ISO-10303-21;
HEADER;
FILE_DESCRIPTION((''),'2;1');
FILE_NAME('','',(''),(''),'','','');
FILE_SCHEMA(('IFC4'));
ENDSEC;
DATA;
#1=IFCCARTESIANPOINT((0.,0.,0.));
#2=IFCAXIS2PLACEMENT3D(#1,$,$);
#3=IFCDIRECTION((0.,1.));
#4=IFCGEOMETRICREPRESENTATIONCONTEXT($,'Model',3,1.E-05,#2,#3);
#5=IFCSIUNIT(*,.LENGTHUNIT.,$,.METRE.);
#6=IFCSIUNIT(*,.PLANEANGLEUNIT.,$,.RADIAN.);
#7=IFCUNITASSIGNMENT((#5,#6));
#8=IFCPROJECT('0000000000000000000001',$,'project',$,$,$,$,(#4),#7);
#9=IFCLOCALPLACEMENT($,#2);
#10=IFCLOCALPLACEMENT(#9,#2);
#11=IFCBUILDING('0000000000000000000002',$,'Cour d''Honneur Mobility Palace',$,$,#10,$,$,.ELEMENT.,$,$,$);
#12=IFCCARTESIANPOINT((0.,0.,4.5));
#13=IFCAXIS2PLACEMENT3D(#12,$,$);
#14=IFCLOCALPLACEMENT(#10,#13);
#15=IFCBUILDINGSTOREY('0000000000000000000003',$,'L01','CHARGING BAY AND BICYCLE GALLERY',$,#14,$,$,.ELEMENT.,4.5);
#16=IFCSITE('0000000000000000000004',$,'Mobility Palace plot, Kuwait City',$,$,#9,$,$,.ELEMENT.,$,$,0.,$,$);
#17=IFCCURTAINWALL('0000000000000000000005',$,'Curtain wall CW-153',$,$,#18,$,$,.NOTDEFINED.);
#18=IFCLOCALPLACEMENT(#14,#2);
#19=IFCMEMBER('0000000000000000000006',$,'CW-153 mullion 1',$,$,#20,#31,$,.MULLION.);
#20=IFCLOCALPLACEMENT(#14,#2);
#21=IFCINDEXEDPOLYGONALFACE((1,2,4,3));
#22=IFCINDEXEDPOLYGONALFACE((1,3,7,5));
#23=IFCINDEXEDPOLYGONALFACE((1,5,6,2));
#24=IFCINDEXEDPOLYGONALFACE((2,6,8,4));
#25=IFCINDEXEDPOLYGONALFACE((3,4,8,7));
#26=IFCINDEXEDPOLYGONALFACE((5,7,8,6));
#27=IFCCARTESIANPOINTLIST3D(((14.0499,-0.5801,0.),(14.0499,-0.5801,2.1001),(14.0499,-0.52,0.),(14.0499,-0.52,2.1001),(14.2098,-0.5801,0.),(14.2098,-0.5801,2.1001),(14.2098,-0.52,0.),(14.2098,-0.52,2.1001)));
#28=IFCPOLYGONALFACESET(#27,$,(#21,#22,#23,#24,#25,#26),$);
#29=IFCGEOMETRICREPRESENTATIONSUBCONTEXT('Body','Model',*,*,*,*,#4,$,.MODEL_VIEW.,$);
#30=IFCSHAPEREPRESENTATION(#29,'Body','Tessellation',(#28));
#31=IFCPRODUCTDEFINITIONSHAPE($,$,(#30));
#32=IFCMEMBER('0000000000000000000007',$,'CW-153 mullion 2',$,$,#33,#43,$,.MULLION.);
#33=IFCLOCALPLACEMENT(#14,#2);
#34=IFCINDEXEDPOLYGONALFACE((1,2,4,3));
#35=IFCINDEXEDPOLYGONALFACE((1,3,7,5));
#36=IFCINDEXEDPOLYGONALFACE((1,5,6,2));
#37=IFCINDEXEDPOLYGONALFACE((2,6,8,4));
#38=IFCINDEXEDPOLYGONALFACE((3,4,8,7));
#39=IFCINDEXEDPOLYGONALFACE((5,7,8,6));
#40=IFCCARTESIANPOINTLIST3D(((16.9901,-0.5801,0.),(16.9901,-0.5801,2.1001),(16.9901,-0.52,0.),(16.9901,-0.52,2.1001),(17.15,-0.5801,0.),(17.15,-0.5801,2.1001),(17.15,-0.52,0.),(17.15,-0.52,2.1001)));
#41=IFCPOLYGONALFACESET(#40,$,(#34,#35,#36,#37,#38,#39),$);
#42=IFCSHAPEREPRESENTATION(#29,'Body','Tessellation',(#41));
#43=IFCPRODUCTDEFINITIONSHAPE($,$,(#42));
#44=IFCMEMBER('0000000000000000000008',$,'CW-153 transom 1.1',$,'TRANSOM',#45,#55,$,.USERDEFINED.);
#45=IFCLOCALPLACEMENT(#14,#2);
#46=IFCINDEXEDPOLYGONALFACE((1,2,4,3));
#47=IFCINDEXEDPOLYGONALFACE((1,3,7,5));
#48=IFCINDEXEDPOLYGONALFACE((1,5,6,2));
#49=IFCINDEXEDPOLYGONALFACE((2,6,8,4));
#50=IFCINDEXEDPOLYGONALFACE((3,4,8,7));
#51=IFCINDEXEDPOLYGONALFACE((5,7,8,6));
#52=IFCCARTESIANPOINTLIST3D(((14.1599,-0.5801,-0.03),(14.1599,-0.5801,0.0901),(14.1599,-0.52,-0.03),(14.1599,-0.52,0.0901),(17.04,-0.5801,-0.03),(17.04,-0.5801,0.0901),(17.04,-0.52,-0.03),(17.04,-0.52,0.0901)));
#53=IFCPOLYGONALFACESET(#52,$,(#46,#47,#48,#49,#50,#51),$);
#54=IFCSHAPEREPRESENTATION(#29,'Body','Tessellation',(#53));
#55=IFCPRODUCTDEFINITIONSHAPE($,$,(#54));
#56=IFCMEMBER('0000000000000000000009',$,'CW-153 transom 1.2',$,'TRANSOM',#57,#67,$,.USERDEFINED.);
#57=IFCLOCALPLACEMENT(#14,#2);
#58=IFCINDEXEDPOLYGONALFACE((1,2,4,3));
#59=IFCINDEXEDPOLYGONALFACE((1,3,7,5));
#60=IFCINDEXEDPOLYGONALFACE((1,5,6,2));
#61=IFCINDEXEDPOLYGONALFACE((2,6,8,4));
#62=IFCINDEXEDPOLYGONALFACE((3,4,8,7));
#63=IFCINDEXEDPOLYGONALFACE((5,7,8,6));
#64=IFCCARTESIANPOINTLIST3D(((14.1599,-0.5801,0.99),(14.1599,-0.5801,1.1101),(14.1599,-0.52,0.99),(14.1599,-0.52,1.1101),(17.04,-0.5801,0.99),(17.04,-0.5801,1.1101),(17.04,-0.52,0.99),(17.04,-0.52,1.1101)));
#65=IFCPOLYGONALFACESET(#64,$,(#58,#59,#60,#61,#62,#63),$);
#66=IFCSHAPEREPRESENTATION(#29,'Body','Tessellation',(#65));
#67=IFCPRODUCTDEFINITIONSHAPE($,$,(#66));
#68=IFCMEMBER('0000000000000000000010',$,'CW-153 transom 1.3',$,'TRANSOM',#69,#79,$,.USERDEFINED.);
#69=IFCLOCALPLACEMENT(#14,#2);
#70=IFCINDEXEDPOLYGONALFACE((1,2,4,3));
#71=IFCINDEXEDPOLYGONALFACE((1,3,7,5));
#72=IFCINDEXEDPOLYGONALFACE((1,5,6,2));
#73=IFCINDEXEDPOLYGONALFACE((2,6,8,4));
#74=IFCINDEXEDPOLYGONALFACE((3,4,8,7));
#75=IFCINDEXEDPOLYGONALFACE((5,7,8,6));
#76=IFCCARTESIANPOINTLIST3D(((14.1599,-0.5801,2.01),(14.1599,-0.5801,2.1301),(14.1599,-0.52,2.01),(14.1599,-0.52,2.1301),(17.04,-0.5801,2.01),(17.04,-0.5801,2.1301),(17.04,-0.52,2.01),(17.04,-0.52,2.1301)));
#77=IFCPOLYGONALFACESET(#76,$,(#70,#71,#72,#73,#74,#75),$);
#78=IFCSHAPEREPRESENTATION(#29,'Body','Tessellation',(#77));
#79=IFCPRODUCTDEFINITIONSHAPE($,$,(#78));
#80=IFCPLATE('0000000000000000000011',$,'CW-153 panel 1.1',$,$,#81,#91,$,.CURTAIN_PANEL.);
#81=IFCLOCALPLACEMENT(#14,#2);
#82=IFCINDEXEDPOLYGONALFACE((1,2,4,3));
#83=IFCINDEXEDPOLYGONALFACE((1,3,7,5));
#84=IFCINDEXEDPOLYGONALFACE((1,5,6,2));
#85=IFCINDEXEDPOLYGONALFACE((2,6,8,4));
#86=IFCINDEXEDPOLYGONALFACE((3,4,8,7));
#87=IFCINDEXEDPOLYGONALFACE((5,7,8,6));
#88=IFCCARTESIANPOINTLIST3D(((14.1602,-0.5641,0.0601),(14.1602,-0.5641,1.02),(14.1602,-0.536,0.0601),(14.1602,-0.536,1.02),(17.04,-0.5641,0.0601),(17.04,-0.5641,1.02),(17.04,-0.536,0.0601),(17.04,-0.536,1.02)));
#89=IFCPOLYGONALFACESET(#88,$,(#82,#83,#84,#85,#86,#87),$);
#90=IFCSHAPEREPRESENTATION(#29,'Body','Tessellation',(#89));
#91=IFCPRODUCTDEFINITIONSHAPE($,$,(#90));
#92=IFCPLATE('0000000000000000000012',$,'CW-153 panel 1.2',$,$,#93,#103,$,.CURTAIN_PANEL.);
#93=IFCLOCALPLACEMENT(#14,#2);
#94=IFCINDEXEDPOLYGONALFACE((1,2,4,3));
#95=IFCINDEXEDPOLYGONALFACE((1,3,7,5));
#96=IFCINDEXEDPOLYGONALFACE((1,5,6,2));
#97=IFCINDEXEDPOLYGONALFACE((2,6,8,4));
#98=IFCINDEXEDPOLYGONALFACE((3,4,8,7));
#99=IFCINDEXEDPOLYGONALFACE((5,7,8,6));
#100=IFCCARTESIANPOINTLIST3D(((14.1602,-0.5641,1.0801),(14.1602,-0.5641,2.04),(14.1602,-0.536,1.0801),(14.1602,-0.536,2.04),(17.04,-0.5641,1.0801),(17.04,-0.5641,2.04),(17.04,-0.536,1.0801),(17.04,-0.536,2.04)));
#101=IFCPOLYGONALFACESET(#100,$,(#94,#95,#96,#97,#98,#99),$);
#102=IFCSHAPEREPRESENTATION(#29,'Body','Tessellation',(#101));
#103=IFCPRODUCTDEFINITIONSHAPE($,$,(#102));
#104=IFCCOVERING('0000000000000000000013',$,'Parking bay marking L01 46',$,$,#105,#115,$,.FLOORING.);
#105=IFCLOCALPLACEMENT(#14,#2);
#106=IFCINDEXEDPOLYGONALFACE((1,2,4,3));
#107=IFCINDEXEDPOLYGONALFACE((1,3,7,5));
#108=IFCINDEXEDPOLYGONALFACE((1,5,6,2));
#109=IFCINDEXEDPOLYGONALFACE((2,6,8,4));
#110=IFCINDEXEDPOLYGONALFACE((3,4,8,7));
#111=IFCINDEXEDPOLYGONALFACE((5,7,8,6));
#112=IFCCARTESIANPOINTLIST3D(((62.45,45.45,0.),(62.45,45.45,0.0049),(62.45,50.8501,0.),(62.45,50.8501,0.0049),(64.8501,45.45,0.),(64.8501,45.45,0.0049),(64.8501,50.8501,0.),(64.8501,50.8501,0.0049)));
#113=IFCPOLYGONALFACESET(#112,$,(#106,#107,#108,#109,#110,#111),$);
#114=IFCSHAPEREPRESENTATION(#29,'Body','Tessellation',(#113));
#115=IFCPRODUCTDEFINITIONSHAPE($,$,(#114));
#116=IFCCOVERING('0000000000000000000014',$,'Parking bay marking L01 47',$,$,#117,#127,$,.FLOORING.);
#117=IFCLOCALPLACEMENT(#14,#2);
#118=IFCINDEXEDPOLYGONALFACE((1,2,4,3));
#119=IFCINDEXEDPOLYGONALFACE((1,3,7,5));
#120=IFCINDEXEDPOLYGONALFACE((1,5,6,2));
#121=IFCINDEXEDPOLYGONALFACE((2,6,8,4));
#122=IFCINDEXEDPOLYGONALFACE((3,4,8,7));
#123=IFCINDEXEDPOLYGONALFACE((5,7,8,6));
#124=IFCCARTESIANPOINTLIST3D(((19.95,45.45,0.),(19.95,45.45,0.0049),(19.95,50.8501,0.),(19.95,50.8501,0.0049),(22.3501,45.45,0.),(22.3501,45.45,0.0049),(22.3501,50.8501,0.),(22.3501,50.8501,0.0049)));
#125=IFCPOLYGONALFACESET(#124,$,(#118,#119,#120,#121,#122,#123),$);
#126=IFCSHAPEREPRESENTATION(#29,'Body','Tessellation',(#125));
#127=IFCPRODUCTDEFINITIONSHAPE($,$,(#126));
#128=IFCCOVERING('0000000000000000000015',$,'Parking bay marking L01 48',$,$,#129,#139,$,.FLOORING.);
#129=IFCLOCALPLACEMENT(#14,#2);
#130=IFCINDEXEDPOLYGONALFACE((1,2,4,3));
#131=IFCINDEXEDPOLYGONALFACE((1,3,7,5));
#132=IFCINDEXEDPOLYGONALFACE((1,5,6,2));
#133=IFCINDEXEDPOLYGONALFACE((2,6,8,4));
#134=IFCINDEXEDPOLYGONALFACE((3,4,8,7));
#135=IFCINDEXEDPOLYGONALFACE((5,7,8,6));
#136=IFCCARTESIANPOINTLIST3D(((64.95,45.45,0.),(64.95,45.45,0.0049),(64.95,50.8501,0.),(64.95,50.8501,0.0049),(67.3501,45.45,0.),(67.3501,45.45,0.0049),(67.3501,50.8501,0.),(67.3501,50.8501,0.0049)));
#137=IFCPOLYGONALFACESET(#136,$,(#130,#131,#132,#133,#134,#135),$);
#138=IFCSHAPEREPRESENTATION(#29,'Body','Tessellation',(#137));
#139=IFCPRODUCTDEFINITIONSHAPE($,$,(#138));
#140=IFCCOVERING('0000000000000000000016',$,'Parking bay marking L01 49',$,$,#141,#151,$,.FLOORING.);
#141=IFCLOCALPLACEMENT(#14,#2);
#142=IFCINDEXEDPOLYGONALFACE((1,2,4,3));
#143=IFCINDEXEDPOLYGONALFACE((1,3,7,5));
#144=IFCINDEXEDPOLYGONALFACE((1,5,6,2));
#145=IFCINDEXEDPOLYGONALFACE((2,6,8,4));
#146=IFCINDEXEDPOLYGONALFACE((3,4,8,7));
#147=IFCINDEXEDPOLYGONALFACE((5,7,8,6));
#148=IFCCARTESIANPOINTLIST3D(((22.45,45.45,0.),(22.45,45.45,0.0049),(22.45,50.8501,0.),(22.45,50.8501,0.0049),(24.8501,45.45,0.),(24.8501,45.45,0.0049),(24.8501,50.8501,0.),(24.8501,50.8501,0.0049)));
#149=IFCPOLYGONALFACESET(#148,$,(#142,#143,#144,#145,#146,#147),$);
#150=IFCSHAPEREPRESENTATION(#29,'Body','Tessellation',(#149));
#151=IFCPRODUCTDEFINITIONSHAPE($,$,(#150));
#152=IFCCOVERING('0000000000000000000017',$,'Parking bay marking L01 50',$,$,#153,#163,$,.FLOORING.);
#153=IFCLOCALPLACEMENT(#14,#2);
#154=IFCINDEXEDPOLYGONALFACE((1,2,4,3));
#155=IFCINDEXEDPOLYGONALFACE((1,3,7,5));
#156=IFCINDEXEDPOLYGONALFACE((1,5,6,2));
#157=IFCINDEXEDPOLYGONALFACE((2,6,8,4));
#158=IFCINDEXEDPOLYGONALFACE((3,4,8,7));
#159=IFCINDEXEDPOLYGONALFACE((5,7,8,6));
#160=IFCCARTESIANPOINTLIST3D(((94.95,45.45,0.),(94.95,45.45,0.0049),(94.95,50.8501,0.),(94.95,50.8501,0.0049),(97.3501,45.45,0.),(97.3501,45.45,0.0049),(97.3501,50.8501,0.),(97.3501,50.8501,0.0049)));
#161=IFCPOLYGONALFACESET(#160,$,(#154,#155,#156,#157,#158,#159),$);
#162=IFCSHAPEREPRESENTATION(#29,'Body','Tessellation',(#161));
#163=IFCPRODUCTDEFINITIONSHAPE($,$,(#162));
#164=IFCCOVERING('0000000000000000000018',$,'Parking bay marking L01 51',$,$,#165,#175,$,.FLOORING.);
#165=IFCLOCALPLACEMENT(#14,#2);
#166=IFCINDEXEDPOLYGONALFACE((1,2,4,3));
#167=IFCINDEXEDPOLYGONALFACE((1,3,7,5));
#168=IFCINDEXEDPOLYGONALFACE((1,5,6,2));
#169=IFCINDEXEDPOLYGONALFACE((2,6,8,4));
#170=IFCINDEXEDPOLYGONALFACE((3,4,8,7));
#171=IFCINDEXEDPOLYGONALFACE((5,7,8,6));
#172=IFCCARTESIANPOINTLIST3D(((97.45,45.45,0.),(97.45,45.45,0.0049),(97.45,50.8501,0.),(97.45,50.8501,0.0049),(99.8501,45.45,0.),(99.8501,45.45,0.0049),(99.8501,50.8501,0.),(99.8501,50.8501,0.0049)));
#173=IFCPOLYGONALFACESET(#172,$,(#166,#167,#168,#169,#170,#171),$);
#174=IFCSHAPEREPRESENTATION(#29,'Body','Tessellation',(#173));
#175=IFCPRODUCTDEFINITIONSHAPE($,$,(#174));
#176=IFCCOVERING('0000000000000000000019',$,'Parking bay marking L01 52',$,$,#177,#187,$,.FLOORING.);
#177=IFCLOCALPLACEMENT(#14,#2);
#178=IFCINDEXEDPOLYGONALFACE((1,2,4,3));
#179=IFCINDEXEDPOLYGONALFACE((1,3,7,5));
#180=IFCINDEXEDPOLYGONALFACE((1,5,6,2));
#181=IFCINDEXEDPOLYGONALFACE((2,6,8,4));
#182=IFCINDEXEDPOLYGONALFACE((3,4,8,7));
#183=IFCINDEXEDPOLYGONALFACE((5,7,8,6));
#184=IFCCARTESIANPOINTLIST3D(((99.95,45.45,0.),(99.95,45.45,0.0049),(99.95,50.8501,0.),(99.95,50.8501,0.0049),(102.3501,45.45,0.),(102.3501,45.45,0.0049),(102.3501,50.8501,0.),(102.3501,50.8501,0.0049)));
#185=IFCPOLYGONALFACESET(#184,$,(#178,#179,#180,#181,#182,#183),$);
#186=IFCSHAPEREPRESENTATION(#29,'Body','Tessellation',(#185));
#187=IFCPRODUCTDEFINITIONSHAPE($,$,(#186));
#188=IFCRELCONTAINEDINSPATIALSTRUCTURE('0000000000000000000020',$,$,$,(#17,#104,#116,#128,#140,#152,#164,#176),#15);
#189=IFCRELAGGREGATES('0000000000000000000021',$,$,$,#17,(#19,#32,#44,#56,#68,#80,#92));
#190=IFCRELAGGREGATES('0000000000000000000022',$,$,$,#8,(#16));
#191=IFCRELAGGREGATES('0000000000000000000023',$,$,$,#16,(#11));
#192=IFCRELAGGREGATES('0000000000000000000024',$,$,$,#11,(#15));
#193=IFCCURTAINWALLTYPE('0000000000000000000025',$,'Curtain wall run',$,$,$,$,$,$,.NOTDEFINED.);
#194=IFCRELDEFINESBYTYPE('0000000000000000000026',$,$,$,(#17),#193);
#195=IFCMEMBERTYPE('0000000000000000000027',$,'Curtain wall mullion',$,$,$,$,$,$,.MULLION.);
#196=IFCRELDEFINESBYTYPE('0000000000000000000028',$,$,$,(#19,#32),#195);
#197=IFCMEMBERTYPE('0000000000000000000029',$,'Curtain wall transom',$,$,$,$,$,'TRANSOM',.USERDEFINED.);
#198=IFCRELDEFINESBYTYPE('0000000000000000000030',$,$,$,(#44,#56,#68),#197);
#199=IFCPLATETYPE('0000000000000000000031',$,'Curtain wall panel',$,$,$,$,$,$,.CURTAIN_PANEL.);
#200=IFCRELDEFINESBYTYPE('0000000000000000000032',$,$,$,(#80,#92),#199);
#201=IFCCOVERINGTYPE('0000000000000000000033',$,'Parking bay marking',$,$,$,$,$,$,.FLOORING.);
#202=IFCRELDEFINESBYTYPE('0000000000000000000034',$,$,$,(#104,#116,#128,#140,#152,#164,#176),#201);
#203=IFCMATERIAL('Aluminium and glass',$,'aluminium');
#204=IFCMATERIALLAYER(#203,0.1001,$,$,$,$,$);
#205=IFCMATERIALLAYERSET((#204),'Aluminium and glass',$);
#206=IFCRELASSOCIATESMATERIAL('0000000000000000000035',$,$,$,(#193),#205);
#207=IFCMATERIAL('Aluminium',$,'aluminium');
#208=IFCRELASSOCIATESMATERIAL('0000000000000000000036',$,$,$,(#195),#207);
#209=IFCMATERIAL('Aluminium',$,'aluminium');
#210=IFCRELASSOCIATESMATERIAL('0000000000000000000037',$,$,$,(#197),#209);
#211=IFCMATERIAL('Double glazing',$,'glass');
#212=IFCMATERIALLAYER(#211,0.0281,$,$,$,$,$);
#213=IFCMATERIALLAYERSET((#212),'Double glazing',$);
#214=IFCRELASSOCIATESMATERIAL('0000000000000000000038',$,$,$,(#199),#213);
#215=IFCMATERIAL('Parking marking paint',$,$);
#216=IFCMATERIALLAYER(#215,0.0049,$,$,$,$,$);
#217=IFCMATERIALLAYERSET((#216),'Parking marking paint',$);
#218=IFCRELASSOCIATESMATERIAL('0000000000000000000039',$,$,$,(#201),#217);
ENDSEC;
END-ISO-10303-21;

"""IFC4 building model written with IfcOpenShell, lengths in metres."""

from ifc_helpers import new_model, si_unit, direction, frame, origin, origin_2d, place, context, subcontext, project, spatial, polyline, rectangle, outline, extrude, material, layer, layer_set, material_profile, profile_set, type_object, element, aggregate, save


model = new_model("IFC4")

# Units and contexts
model_context = context("Model", 3, precision=1e-05, world=origin(), true_north=direction((0.0, 1.0)))
body_context = subcontext(model_context, "Body", "Model", "MODEL_VIEW")
ifc_project = project(units=[si_unit("LENGTHUNIT", "METRE"), si_unit("PLANEANGLEUNIT", "RADIAN")], contexts=[model_context])

# Site, building, storey
site_placement = place(None, origin())
site = spatial("IfcSite", under=ifc_project, at=site_placement, Name="Mobility Palace plot, Kuwait City", CompositionType="ELEMENT", RefElevation=0.0)
building_placement = place(site_placement, origin())
building = spatial("IfcBuilding", under=site, at=building_placement, Name="Cour d'Honneur Mobility Palace", CompositionType="ELEMENT")
storey_placement = place(building_placement, frame((0.0, 0.0, 4.5)))
storey = spatial("IfcBuildingStorey", under=building, at=storey_placement, Name="L01", Description="CHARGING BAY AND BICYCLE GALLERY", CompositionType="ELEMENT", Elevation=4.5)

# Curtain wall, members, plates
ifc_material_1 = material(Name="Aluminium and glass", Category="aluminium")
ifc_layer_1 = layer(ifc_material_1, 0.1001)
ifc_layer_set_1 = layer_set([ifc_layer_1], Name="Aluminium and glass")
curtain_wall_type = type_object("IfcCurtainWallType", Name="Curtain wall run", PredefinedType="NOTDEFINED", material=ifc_layer_set_1)
curtain_wall_placement = place(storey_placement, origin())
curtain_wall = element("IfcCurtainWall", 1, at=curtain_wall_placement, inside=storey, type_object=curtain_wall_type, Name="Curtain wall CW-153", PredefinedType="NOTDEFINED")
ifc_material_2 = material(Name="Aluminium", Category="aluminium")
ifc_material_profile_1 = material_profile(ifc_material_2, rectangle(XDim=0.0601, YDim=0.1599, at=origin_2d()), Name="Curtain wall mullion")
ifc_profile_set_1 = profile_set([ifc_material_profile_1], Name="Aluminium")
member_type_1 = type_object("IfcMemberType", Name="Curtain wall mullion", PredefinedType="MULLION", material=ifc_profile_set_1)
member_1_placement = place(storey_placement, frame((14.1299, -0.55, 0.0), z_axis=(0.0, 0.0, 1.0), x_axis=(0.0, 1.0, 0.0)))
member_1 = element("IfcMember", 2, at=member_1_placement, type_object=member_type_1, Name="CW-153 mullion 1", PredefinedType="MULLION", context=body_context, shape_type="SweptSolid", body=[
    extrude(rectangle(XDim=0.0601, YDim=0.1599, at=origin_2d()), origin(), (0.0, 0.0, 1.0), 2.1001),
])
member_2_placement = place(storey_placement, frame((17.0701, -0.55, 0.0), z_axis=(0.0, 0.0, 1.0), x_axis=(0.0, 1.0, 0.0)))
member_2 = element("IfcMember", 3, at=member_2_placement, type_object=member_type_1, Name="CW-153 mullion 2", PredefinedType="MULLION", context=body_context, shape_type="SweptSolid", body=[
    extrude(rectangle(XDim=0.0601, YDim=0.1599, at=origin_2d()), origin(), (0.0, 0.0, 1.0), 2.1001),
])
ifc_material_3 = material(Name="Aluminium", Category="aluminium")
ifc_material_profile_2 = material_profile(ifc_material_3, rectangle(XDim=0.0601, YDim=0.1201, at=origin_2d()), Name="Curtain wall transom")
ifc_profile_set_2 = profile_set([ifc_material_profile_2], Name="Aluminium")
member_type_2 = type_object("IfcMemberType", Name="Curtain wall transom", ElementType="TRANSOM", PredefinedType="USERDEFINED", material=ifc_profile_set_2)
member_3_placement = place(storey_placement, frame((14.1599, -0.55, 0.03), z_axis=(1.0, 0.0, 0.0), x_axis=(0.0, 1.0, 0.0)))
member_3 = element("IfcMember", 4, at=member_3_placement, type_object=member_type_2, Name="CW-153 transom 1.1", ObjectType="TRANSOM", PredefinedType="USERDEFINED", context=body_context, shape_type="SweptSolid", body=[
    extrude(rectangle(XDim=0.0601, YDim=0.1201, at=origin_2d()), origin(), (0.0, 0.0, 1.0), 2.8801),
])
member_4_placement = place(storey_placement, frame((14.1599, -0.55, 1.05), z_axis=(1.0, 0.0, 0.0), x_axis=(0.0, 1.0, 0.0)))
member_4 = element("IfcMember", 5, at=member_4_placement, type_object=member_type_2, Name="CW-153 transom 1.2", ObjectType="TRANSOM", PredefinedType="USERDEFINED", context=body_context, shape_type="SweptSolid", body=[
    extrude(rectangle(XDim=0.0601, YDim=0.1201, at=origin_2d()), origin(), (0.0, 0.0, 1.0), 2.8801),
])
member_5_placement = place(storey_placement, frame((14.1599, -0.55, 2.0701), z_axis=(1.0, 0.0, 0.0), x_axis=(0.0, 1.0, 0.0)))
member_5 = element("IfcMember", 6, at=member_5_placement, type_object=member_type_2, Name="CW-153 transom 1.3", ObjectType="TRANSOM", PredefinedType="USERDEFINED", context=body_context, shape_type="SweptSolid", body=[
    extrude(rectangle(XDim=0.0601, YDim=0.1201, at=origin_2d()), origin(), (0.0, 0.0, 1.0), 2.8801),
])
ifc_material_4 = material(Name="Double glazing", Category="glass")
ifc_layer_2 = layer(ifc_material_4, 0.0281)
ifc_layer_set_2 = layer_set([ifc_layer_2], Name="Double glazing")
plate_type = type_object("IfcPlateType", Name="Curtain wall panel", PredefinedType="CURTAIN_PANEL", material=ifc_layer_set_2)
plate_1_placement = place(storey_placement, frame((15.6001, -0.55, 0.0601), z_axis=(0.0, 0.0, 1.0), x_axis=(1.0, 0.0, 0.0)))
plate_1 = element("IfcPlate", 7, at=plate_1_placement, type_object=plate_type, Name="CW-153 panel 1.1", PredefinedType="CURTAIN_PANEL", context=body_context, shape_type="SweptSolid", body=[
    extrude(rectangle(XDim=2.8799, YDim=0.0281, at=origin_2d()), origin(), (0.0, 0.0, 1.0), 0.96),
])
plate_2_placement = place(storey_placement, frame((15.6001, -0.55, 1.0801), z_axis=(0.0, 0.0, 1.0), x_axis=(1.0, 0.0, 0.0)))
plate_2 = element("IfcPlate", 8, at=plate_2_placement, type_object=plate_type, Name="CW-153 panel 1.2", PredefinedType="CURTAIN_PANEL", context=body_context, shape_type="SweptSolid", body=[
    extrude(rectangle(XDim=2.8799, YDim=0.0281, at=origin_2d()), origin(), (0.0, 0.0, 1.0), 0.96),
])
aggregate(curtain_wall, [member_1, member_2, member_3, member_4, member_5, plate_1, plate_2])

# Coverings
ifc_material_5 = material(Name="Parking marking paint")
ifc_layer_3 = layer(ifc_material_5, 0.0049)
ifc_layer_set_3 = layer_set([ifc_layer_3], Name="Parking marking paint")
covering_type = type_object("IfcCoveringType", Name="Parking bay marking", PredefinedType="FLOORING", material=ifc_layer_set_3)
covering_1_placement = place(storey_placement, origin())
element("IfcCovering", 9, at=covering_1_placement, inside=storey, type_object=covering_type, Name="Parking bay marking L01 46", PredefinedType="FLOORING", context=body_context, shape_type="SweptSolid", body=[
    extrude(outline(polyline([(64.8501, 45.45), (62.45, 45.45), (62.45, 50.8501), (64.8501, 50.8501), (64.8501, 45.45)])), origin(), (0.0, 0.0, 1.0), 0.0049),
])
covering_2_placement = place(storey_placement, origin())
element("IfcCovering", 10, at=covering_2_placement, inside=storey, type_object=covering_type, Name="Parking bay marking L01 47", PredefinedType="FLOORING", context=body_context, shape_type="SweptSolid", body=[
    extrude(outline(polyline([(22.3501, 45.45), (19.95, 45.45), (19.95, 50.8501), (22.3501, 50.8501), (22.3501, 45.45)])), origin(), (0.0, 0.0, 1.0), 0.0049),
])
covering_3_placement = place(storey_placement, origin())
element("IfcCovering", 11, at=covering_3_placement, inside=storey, type_object=covering_type, Name="Parking bay marking L01 48", PredefinedType="FLOORING", context=body_context, shape_type="SweptSolid", body=[
    extrude(outline(polyline([(67.3501, 45.45), (64.95, 45.45), (64.95, 50.8501), (67.3501, 50.8501), (67.3501, 45.45)])), origin(), (0.0, 0.0, 1.0), 0.0049),
])
covering_4_placement = place(storey_placement, origin())
element("IfcCovering", 12, at=covering_4_placement, inside=storey, type_object=covering_type, Name="Parking bay marking L01 49", PredefinedType="FLOORING", context=body_context, shape_type="SweptSolid", body=[
    extrude(outline(polyline([(24.8501, 45.45), (22.45, 45.45), (22.45, 50.8501), (24.8501, 50.8501), (24.8501, 45.45)])), origin(), (0.0, 0.0, 1.0), 0.0049),
])
covering_5_placement = place(storey_placement, origin())
element("IfcCovering", 13, at=covering_5_placement, inside=storey, type_object=covering_type, Name="Parking bay marking L01 50", PredefinedType="FLOORING", context=body_context, shape_type="SweptSolid", body=[
    extrude(outline(polyline([(97.3501, 45.45), (94.95, 45.45), (94.95, 50.8501), (97.3501, 50.8501), (97.3501, 45.45)])), origin(), (0.0, 0.0, 1.0), 0.0049),
])
covering_6_placement = place(storey_placement, origin())
element("IfcCovering", 14, at=covering_6_placement, inside=storey, type_object=covering_type, Name="Parking bay marking L01 51", PredefinedType="FLOORING", context=body_context, shape_type="SweptSolid", body=[
    extrude(outline(polyline([(99.8501, 45.45), (97.45, 45.45), (97.45, 50.8501), (99.8501, 50.8501), (99.8501, 45.45)])), origin(), (0.0, 0.0, 1.0), 0.0049),
])
covering_7_placement = place(storey_placement, origin())
element("IfcCovering", 15, at=covering_7_placement, inside=storey, type_object=covering_type, Name="Parking bay marking L01 52", PredefinedType="FLOORING", context=body_context, shape_type="SweptSolid", body=[
    extrude(outline(polyline([(102.3501, 45.45), (99.95, 45.45), (99.95, 50.8501), (102.3501, 50.8501), (102.3501, 45.45)])), origin(), (0.0, 0.0, 1.0), 0.0049),
])

save(model, "model.ifc")
